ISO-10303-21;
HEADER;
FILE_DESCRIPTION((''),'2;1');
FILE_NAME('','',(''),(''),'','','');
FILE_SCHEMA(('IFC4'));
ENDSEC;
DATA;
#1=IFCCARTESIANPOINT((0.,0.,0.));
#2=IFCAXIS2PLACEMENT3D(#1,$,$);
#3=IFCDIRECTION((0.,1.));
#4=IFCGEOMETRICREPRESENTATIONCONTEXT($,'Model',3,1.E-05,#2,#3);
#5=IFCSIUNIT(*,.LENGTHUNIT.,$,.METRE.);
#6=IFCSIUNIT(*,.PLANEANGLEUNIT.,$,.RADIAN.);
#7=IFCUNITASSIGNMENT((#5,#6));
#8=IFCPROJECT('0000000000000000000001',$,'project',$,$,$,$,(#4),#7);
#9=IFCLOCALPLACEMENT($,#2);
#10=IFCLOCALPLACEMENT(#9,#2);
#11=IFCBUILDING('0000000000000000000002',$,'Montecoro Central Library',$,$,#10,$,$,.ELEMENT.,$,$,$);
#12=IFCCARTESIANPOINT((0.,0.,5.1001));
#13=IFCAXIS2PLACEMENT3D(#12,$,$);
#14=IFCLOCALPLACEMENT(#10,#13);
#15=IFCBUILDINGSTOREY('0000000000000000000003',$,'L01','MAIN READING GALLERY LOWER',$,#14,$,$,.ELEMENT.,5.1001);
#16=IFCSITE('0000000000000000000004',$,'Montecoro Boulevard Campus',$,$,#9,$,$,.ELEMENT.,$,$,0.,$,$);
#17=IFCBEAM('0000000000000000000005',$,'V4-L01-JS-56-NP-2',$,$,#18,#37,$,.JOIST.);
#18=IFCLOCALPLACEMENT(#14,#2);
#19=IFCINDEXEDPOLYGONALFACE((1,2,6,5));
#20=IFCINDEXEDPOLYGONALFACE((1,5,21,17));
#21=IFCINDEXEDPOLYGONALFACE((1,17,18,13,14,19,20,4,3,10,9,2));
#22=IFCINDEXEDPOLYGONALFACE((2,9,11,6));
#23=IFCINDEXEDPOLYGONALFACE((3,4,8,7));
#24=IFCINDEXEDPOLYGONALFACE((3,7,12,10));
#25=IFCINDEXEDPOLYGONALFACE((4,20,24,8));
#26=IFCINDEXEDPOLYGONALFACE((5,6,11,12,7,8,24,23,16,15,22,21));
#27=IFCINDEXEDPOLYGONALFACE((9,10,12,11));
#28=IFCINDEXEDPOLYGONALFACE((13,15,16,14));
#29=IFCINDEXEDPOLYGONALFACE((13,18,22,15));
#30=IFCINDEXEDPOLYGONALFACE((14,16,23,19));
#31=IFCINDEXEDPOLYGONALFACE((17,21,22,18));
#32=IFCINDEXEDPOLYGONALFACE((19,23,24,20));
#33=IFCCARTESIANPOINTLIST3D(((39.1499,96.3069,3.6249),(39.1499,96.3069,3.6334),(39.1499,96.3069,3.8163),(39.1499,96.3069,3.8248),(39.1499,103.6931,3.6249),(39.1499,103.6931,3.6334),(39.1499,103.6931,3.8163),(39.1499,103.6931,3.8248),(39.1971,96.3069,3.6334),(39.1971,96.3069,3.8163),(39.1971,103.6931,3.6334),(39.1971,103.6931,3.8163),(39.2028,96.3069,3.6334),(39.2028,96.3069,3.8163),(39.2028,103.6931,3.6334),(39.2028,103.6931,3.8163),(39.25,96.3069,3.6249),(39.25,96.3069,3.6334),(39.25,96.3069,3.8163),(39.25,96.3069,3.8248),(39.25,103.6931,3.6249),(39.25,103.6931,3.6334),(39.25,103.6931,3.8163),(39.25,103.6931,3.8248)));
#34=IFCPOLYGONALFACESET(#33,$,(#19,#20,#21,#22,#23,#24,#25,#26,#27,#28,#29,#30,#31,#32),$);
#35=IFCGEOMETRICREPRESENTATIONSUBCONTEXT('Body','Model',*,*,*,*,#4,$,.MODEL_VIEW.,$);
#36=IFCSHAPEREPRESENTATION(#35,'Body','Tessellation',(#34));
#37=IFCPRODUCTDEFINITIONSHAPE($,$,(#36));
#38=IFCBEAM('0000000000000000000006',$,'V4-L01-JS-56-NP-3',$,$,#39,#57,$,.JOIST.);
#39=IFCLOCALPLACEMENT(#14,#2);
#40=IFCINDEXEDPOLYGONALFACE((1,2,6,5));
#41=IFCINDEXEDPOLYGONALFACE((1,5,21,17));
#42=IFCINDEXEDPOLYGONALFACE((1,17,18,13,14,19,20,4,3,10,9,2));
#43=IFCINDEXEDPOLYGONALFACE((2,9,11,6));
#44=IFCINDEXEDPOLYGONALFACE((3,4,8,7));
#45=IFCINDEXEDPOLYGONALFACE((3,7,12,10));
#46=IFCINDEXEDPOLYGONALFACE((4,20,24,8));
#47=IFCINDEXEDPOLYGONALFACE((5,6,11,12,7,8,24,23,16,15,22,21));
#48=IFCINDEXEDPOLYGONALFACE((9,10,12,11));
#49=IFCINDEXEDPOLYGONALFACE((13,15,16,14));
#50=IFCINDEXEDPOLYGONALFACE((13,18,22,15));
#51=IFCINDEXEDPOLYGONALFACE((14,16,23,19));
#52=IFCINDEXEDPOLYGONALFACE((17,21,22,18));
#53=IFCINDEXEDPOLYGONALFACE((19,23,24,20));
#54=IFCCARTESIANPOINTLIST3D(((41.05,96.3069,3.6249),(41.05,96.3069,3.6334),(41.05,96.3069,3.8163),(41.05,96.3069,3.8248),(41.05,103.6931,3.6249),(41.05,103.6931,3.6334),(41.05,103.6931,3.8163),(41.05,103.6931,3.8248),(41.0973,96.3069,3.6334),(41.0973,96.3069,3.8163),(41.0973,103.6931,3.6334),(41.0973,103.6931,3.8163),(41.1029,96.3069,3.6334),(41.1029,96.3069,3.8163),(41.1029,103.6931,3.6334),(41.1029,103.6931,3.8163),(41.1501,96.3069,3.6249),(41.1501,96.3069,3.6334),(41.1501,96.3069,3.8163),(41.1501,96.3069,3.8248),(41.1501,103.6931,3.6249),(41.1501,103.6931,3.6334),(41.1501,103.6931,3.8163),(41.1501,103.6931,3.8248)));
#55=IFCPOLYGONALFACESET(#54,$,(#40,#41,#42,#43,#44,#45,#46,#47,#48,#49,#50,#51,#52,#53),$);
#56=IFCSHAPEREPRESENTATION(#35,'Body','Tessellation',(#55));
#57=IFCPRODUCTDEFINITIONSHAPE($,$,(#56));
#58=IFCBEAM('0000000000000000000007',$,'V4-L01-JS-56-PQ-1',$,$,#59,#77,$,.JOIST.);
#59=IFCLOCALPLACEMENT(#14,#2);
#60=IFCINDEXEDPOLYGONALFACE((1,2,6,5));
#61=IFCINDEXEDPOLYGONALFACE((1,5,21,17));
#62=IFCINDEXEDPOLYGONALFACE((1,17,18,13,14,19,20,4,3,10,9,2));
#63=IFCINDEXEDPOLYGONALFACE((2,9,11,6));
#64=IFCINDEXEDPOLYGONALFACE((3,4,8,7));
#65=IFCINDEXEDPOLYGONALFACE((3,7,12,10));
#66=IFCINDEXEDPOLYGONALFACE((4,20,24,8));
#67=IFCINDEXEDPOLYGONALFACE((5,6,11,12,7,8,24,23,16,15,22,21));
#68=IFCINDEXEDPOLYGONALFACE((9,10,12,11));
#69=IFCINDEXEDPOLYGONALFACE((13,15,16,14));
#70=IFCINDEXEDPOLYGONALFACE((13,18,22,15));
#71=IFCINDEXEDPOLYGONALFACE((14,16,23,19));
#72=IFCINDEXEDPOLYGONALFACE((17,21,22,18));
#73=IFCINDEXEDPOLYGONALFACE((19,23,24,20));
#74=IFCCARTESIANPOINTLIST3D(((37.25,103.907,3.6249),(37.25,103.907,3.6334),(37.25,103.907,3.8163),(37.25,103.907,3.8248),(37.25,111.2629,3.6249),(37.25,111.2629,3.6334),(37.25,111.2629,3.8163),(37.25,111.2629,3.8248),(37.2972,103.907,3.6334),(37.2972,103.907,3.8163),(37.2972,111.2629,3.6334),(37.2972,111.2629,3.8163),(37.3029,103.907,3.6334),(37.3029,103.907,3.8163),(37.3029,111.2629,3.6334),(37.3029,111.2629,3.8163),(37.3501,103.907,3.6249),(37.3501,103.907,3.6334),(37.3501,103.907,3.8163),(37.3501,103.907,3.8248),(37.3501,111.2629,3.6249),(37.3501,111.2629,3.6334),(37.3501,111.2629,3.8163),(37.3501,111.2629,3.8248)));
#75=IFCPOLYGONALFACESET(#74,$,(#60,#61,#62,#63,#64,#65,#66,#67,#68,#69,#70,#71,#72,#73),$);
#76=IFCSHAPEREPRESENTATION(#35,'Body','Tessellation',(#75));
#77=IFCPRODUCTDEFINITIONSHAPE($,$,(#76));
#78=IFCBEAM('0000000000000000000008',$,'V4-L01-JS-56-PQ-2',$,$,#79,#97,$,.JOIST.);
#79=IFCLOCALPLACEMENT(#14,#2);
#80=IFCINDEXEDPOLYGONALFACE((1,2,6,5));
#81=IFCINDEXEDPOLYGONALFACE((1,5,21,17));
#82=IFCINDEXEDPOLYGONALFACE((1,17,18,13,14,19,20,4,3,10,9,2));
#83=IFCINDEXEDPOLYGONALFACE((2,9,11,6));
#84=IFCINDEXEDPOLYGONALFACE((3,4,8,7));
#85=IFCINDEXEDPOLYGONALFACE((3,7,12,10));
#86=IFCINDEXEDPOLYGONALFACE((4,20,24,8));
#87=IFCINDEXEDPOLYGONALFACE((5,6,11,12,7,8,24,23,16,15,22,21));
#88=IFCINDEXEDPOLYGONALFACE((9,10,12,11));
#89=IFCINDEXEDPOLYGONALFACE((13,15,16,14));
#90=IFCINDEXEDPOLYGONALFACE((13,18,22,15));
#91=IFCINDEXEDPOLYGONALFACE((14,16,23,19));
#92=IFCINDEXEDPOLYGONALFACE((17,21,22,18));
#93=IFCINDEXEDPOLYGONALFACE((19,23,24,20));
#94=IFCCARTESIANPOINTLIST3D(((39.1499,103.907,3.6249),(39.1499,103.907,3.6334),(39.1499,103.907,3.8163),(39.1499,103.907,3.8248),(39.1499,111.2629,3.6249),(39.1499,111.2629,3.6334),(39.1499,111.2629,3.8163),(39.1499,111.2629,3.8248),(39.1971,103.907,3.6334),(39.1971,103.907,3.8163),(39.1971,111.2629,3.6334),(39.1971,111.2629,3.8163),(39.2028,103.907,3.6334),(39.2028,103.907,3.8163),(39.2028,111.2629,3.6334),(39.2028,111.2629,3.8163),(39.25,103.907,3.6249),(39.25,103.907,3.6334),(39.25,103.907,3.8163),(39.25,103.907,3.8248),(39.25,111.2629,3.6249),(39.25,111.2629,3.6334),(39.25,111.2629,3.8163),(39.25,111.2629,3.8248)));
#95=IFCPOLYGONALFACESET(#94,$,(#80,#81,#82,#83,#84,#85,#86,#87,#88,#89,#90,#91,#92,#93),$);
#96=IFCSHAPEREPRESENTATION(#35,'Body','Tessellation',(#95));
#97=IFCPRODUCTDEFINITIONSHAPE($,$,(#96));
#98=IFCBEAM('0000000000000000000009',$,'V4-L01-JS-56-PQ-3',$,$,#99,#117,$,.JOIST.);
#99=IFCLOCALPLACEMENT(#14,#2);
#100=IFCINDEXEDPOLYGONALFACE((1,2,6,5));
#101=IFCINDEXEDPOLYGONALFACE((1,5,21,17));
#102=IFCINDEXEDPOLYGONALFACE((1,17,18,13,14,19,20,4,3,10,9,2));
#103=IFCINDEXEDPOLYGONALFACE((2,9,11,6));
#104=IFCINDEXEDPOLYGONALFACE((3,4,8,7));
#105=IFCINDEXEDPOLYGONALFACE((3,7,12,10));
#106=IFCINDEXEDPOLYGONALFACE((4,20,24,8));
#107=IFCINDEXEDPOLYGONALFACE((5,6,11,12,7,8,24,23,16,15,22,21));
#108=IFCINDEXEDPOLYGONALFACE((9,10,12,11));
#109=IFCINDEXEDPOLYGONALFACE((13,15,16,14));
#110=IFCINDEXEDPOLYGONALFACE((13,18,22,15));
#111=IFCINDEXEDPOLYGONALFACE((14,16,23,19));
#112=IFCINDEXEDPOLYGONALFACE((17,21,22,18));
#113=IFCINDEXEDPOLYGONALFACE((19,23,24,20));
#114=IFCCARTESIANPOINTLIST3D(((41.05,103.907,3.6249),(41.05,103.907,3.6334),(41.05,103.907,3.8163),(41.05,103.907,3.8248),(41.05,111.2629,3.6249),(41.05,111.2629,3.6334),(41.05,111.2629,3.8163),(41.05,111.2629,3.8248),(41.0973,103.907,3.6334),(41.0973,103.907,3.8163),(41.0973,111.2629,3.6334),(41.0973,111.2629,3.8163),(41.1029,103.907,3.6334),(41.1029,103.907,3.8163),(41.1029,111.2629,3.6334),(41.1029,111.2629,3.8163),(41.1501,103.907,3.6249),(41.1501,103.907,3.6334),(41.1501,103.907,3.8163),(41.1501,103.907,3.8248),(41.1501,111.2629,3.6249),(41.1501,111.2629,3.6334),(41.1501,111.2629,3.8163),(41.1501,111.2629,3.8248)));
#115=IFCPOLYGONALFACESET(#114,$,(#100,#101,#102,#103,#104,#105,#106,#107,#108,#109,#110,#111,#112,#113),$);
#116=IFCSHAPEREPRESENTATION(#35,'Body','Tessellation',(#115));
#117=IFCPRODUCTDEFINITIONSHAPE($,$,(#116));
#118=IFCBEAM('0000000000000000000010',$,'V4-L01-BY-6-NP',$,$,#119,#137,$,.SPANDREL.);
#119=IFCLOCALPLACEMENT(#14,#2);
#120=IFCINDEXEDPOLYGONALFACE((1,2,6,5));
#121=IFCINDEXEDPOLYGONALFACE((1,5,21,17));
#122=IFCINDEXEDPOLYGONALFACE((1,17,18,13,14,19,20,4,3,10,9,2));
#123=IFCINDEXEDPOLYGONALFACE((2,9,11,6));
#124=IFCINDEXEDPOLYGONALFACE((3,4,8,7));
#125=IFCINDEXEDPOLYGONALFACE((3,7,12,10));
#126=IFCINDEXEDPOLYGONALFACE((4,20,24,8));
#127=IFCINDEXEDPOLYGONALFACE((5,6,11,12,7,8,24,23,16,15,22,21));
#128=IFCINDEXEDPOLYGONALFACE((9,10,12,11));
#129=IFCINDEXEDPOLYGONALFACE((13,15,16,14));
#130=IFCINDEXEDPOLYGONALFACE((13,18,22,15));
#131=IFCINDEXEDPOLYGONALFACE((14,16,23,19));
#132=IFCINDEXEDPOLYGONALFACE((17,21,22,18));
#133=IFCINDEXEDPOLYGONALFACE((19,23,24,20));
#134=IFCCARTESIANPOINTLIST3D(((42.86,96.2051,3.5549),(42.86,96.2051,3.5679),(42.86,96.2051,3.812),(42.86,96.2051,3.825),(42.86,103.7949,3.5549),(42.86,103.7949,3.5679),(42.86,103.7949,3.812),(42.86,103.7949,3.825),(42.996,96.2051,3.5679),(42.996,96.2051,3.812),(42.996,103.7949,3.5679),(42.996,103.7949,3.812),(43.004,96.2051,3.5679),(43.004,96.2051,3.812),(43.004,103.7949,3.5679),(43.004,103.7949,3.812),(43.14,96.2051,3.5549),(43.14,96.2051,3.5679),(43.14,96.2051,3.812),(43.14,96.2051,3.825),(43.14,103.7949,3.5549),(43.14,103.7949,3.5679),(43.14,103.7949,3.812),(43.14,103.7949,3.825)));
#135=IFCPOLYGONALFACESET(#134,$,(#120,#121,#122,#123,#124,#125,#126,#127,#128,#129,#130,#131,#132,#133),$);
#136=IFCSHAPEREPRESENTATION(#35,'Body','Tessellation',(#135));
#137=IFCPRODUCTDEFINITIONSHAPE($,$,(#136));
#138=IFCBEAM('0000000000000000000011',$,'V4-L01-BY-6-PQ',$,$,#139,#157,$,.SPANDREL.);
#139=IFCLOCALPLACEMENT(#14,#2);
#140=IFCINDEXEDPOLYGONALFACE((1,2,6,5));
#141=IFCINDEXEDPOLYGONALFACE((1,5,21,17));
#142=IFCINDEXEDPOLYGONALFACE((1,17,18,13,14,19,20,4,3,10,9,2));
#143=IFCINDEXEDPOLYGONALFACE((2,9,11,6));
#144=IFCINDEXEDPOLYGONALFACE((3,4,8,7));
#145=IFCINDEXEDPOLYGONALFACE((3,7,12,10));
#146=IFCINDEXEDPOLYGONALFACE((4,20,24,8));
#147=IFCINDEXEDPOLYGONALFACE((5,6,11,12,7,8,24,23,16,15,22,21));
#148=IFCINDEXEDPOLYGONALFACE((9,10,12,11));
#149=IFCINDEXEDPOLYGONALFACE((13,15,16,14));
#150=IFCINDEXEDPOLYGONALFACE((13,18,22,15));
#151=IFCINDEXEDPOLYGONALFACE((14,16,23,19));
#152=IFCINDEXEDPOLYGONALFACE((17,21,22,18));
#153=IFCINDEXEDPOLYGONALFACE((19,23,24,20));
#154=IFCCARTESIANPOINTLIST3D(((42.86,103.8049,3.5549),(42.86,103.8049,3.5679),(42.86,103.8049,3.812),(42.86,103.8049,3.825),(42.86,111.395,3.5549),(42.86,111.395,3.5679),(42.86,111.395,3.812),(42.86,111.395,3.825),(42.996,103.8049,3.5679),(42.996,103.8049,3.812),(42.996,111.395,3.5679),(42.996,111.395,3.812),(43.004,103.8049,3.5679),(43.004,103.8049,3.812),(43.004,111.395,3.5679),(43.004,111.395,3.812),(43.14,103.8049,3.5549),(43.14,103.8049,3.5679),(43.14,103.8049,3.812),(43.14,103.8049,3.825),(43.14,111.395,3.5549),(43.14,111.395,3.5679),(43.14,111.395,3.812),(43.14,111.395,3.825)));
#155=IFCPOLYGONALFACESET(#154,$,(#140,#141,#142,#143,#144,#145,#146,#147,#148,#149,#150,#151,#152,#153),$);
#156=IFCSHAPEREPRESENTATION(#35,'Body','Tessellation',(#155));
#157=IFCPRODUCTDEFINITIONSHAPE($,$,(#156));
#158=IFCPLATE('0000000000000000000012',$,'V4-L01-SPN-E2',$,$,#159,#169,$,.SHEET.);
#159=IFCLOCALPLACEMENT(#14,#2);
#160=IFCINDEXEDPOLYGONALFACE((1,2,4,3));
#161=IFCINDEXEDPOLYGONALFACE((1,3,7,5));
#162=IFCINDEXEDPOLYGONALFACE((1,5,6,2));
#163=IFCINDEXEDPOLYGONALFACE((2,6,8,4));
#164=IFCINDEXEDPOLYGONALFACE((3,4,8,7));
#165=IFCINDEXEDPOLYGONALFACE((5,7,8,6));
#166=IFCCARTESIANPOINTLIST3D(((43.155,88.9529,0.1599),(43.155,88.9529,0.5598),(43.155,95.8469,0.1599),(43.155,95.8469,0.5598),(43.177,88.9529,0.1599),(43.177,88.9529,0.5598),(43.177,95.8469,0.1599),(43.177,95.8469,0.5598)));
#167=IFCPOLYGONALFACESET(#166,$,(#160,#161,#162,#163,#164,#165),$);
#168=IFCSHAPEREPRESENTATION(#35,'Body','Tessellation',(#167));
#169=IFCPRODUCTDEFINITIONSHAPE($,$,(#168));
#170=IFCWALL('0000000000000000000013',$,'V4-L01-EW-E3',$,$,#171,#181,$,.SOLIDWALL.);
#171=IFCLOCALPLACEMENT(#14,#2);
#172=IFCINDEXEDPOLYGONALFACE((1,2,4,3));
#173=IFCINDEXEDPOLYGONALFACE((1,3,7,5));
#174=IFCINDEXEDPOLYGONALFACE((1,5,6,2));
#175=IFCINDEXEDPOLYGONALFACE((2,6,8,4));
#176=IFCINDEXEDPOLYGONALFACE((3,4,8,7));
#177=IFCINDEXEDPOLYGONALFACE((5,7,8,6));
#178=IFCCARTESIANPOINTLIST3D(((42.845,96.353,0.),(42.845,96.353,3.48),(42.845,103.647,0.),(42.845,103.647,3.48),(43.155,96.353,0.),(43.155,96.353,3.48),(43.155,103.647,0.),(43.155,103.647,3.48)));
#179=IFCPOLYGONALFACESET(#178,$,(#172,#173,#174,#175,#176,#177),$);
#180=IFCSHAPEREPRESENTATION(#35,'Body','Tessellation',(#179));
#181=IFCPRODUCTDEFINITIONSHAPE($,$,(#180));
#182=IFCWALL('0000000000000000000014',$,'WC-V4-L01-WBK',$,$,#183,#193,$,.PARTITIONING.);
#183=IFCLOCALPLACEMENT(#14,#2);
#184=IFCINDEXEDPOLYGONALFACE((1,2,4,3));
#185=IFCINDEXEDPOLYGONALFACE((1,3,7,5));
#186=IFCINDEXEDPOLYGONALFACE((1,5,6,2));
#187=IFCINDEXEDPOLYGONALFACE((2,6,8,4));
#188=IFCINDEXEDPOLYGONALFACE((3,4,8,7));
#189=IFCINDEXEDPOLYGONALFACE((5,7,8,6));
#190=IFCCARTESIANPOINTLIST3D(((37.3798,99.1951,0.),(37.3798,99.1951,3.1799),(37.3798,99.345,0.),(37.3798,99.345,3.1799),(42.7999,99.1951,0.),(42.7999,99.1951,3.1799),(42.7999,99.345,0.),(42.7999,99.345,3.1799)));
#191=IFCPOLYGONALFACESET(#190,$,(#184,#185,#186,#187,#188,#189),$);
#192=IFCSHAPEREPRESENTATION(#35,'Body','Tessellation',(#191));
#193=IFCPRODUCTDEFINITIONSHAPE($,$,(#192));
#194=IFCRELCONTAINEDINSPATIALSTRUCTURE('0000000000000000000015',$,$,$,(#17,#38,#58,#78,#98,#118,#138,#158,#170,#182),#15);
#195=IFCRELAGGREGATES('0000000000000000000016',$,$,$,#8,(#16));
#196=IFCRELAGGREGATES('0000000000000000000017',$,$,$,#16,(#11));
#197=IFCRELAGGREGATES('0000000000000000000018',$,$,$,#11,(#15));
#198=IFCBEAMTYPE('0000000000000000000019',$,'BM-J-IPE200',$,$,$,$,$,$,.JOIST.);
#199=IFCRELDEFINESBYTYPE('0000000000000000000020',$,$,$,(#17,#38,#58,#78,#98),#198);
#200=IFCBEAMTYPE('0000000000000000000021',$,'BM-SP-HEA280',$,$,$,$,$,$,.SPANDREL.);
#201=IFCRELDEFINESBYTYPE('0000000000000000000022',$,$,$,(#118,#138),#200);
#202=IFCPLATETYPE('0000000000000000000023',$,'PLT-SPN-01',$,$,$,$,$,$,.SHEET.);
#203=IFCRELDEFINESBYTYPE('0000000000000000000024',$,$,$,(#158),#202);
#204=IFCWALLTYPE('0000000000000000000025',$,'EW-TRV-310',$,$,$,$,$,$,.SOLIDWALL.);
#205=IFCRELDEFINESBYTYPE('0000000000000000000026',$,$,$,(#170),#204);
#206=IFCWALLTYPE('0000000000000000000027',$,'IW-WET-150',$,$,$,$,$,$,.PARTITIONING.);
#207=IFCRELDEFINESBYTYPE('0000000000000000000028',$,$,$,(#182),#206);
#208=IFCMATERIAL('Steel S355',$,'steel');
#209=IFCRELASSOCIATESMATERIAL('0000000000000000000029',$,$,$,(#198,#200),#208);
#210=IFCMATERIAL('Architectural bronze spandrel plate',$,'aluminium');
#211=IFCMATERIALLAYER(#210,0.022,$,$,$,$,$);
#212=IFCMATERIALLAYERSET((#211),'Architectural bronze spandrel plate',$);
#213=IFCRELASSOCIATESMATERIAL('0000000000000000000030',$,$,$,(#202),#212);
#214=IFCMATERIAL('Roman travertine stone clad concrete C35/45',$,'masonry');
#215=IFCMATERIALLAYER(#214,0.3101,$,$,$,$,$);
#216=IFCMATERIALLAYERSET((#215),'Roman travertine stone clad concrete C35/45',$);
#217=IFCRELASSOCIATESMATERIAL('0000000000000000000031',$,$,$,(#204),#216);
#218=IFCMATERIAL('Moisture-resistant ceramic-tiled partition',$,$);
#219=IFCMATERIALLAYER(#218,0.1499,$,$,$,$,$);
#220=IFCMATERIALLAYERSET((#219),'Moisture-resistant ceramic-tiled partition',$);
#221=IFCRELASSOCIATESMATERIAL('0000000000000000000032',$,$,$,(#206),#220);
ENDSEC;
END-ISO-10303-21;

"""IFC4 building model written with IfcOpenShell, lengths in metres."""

from ifc_helpers import new_model, si_unit, direction, frame, frame_2d, origin, origin_2d, place, context, subcontext, project, spatial, rectangle, i_section, extrude, material, layer, layer_set, material_profile, profile_set, type_object, element, save


model = new_model("IFC4")

# Units and contexts
model_context = context("Model", 3, precision=1e-05, world=origin(), true_north=direction((0.0, 1.0)))
body_context = subcontext(model_context, "Body", "Model", "MODEL_VIEW")
ifc_project = project(units=[si_unit("LENGTHUNIT", "METRE"), si_unit("PLANEANGLEUNIT", "RADIAN")], contexts=[model_context])

# Site, building, storey
site_placement = place(None, origin())
site = spatial("IfcSite", under=ifc_project, at=site_placement, Name="Montecoro Boulevard Campus", CompositionType="ELEMENT", RefElevation=0.0)
building_placement = place(site_placement, origin())
building = spatial("IfcBuilding", under=site, at=building_placement, Name="Montecoro Central Library", CompositionType="ELEMENT")
storey_placement = place(building_placement, frame((0.0, 0.0, 5.1001)))
storey = spatial("IfcBuildingStorey", under=building, at=storey_placement, Name="L01", Description="MAIN READING GALLERY LOWER", CompositionType="ELEMENT", Elevation=5.1001)

# Shared definitions
ifc_material_1 = material(Name="Steel S355", Category="steel")

# Beams
ifc_material_profile_1 = material_profile(ifc_material_1, i_section(OverallWidth=0.1001, OverallDepth=0.2, WebThickness=0.0056, FlangeThickness=0.0085, at=origin_2d()), Name="IPE 200")
ifc_profile_set_1 = profile_set([ifc_material_profile_1], Name="Steel S355")
beam_type_1 = type_object("IfcBeamType", Name="BM-J-IPE200", PredefinedType="JOIST", material=ifc_profile_set_1)
for number, where, z_axis, x_axis, name in (
    (1, (39.2, 96.3069, 3.7249), (0.0, 1.0, 0.0), (-1.0, 0.0, 0.0), "V4-L01-JS-56-NP-2"),
    (2, (41.1001, 96.3069, 3.7249), (0.0, 1.0, 0.0), (-1.0, 0.0, 0.0), "V4-L01-JS-56-NP-3"),
):
    element("IfcBeam", number, at=place(storey_placement, frame(where, z_axis=z_axis, x_axis=x_axis)), inside=storey, type_object=beam_type_1, Name=name, PredefinedType="JOIST", context=body_context, shape_type="SweptSolid", body=[
        extrude(i_section(OverallWidth=0.1001, OverallDepth=0.2, WebThickness=0.0056, FlangeThickness=0.0085, at=origin_2d()), origin(), (0.0, 0.0, 1.0), 7.3862),
    ])
for number, where, z_axis, x_axis, name in (
    (3, (37.3, 103.907, 3.7249), (0.0, 1.0, 0.0), (-1.0, 0.0, 0.0), "V4-L01-JS-56-PQ-1"),
    (4, (39.2, 103.907, 3.7249), (0.0, 1.0, 0.0), (-1.0, 0.0, 0.0), "V4-L01-JS-56-PQ-2"),
    (5, (41.1001, 103.907, 3.7249), (0.0, 1.0, 0.0), (-1.0, 0.0, 0.0), "V4-L01-JS-56-PQ-3"),
):
    element("IfcBeam", number, at=place(storey_placement, frame(where, z_axis=z_axis, x_axis=x_axis)), inside=storey, type_object=beam_type_1, Name=name, PredefinedType="JOIST", context=body_context, shape_type="SweptSolid", body=[
        extrude(i_section(OverallWidth=0.1001, OverallDepth=0.2, WebThickness=0.0056, FlangeThickness=0.0085, at=origin_2d()), origin(), (0.0, 0.0, 1.0), 7.356),
    ])
ifc_material_profile_2 = material_profile(ifc_material_1, i_section(OverallWidth=0.28, OverallDepth=0.27, WebThickness=0.0081, FlangeThickness=0.0129, at=origin_2d()), Name="HEA 280")
ifc_profile_set_2 = profile_set([ifc_material_profile_2], Name="Steel S355")
beam_type_2 = type_object("IfcBeamType", Name="BM-SP-HEA280", PredefinedType="SPANDREL", material=ifc_profile_set_2)
beam_1_placement = place(storey_placement, frame((43.0, 96.2051, 3.6899), z_axis=(0.0, 1.0, 0.0), x_axis=(-1.0, 0.0, 0.0)))
element("IfcBeam", 6, at=beam_1_placement, inside=storey, type_object=beam_type_2, Name="V4-L01-BY-6-NP", PredefinedType="SPANDREL", context=body_context, shape_type="SweptSolid", body=[
    extrude(i_section(OverallWidth=0.28, OverallDepth=0.27, WebThickness=0.0081, FlangeThickness=0.0129, at=origin_2d()), origin(), (0.0, 0.0, 1.0), 7.5898),
])
beam_2_placement = place(storey_placement, frame((43.0, 103.8049, 3.6899), z_axis=(0.0, 1.0, 0.0), x_axis=(-1.0, 0.0, 0.0)))
element("IfcBeam", 7, at=beam_2_placement, inside=storey, type_object=beam_type_2, Name="V4-L01-BY-6-PQ", PredefinedType="SPANDREL", context=body_context, shape_type="SweptSolid", body=[
    extrude(i_section(OverallWidth=0.28, OverallDepth=0.27, WebThickness=0.0081, FlangeThickness=0.0129, at=origin_2d()), origin(), (0.0, 0.0, 1.0), 7.5901),
])

# Plate
ifc_material_2 = material(Name="Architectural bronze spandrel plate", Category="aluminium")
ifc_layer_1 = layer(ifc_material_2, 0.022)
ifc_layer_set_1 = layer_set([ifc_layer_1], Name="Architectural bronze spandrel plate")
plate_type = type_object("IfcPlateType", Name="PLT-SPN-01", PredefinedType="SHEET", material=ifc_layer_set_1)
plate_placement = place(storey_placement, frame((43.166, 92.3999, 0.1599), z_axis=(0.0, 0.0, 1.0), x_axis=(0.0, 1.0, 0.0)))
element("IfcPlate", 8, at=plate_placement, inside=storey, type_object=plate_type, Name="V4-L01-SPN-E2", PredefinedType="SHEET", context=body_context, shape_type="SweptSolid", body=[
    extrude(rectangle(XDim=6.894, YDim=0.022, at=origin_2d()), origin(), (0.0, 0.0, 1.0), 0.3999),
])

# Walls
ifc_material_3 = material(Name="Roman travertine stone clad concrete C35/45", Category="masonry")
ifc_layer_2 = layer(ifc_material_3, 0.3101)
ifc_layer_set_2 = layer_set([ifc_layer_2], Name="Roman travertine stone clad concrete C35/45")
wall_type_1 = type_object("IfcWallType", Name="EW-TRV-310", PredefinedType="SOLIDWALL", material=ifc_layer_set_2)
wall_1_placement = place(storey_placement, frame((43.0, 96.353, 0.0), z_axis=(0.0, 0.0, 1.0), x_axis=(0.0, 1.0, 0.0)))
element("IfcWall", 9, at=wall_1_placement, inside=storey, type_object=wall_type_1, Name="V4-L01-EW-E3", PredefinedType="SOLIDWALL", context=body_context, shape_type="SweptSolid", body=[
    extrude(rectangle(XDim=7.2939, YDim=0.3101, at=frame_2d((3.647, 0.0))), origin(), (0.0, 0.0, 1.0), 3.48),
])
ifc_material_4 = material(Name="Moisture-resistant ceramic-tiled partition")
ifc_layer_3 = layer(ifc_material_4, 0.1499)
ifc_layer_set_3 = layer_set([ifc_layer_3], Name="Moisture-resistant ceramic-tiled partition")
wall_type_2 = type_object("IfcWallType", Name="IW-WET-150", PredefinedType="PARTITIONING", material=ifc_layer_set_3)
wall_2_placement = place(storey_placement, frame((37.3799, 99.27, 0.0), z_axis=(0.0, 0.0, 1.0), x_axis=(1.0, 0.0, 0.0)))
element("IfcWall", 10, at=wall_2_placement, inside=storey, type_object=wall_type_2, Name="WC-V4-L01-WBK", PredefinedType="PARTITIONING", context=body_context, shape_type="SweptSolid", body=[
    extrude(rectangle(XDim=5.4202, YDim=0.1499, at=frame_2d((2.71, 0.0))), origin(), (0.0, 0.0, 1.0), 3.1799),
])

save(model, "model.ifc")
